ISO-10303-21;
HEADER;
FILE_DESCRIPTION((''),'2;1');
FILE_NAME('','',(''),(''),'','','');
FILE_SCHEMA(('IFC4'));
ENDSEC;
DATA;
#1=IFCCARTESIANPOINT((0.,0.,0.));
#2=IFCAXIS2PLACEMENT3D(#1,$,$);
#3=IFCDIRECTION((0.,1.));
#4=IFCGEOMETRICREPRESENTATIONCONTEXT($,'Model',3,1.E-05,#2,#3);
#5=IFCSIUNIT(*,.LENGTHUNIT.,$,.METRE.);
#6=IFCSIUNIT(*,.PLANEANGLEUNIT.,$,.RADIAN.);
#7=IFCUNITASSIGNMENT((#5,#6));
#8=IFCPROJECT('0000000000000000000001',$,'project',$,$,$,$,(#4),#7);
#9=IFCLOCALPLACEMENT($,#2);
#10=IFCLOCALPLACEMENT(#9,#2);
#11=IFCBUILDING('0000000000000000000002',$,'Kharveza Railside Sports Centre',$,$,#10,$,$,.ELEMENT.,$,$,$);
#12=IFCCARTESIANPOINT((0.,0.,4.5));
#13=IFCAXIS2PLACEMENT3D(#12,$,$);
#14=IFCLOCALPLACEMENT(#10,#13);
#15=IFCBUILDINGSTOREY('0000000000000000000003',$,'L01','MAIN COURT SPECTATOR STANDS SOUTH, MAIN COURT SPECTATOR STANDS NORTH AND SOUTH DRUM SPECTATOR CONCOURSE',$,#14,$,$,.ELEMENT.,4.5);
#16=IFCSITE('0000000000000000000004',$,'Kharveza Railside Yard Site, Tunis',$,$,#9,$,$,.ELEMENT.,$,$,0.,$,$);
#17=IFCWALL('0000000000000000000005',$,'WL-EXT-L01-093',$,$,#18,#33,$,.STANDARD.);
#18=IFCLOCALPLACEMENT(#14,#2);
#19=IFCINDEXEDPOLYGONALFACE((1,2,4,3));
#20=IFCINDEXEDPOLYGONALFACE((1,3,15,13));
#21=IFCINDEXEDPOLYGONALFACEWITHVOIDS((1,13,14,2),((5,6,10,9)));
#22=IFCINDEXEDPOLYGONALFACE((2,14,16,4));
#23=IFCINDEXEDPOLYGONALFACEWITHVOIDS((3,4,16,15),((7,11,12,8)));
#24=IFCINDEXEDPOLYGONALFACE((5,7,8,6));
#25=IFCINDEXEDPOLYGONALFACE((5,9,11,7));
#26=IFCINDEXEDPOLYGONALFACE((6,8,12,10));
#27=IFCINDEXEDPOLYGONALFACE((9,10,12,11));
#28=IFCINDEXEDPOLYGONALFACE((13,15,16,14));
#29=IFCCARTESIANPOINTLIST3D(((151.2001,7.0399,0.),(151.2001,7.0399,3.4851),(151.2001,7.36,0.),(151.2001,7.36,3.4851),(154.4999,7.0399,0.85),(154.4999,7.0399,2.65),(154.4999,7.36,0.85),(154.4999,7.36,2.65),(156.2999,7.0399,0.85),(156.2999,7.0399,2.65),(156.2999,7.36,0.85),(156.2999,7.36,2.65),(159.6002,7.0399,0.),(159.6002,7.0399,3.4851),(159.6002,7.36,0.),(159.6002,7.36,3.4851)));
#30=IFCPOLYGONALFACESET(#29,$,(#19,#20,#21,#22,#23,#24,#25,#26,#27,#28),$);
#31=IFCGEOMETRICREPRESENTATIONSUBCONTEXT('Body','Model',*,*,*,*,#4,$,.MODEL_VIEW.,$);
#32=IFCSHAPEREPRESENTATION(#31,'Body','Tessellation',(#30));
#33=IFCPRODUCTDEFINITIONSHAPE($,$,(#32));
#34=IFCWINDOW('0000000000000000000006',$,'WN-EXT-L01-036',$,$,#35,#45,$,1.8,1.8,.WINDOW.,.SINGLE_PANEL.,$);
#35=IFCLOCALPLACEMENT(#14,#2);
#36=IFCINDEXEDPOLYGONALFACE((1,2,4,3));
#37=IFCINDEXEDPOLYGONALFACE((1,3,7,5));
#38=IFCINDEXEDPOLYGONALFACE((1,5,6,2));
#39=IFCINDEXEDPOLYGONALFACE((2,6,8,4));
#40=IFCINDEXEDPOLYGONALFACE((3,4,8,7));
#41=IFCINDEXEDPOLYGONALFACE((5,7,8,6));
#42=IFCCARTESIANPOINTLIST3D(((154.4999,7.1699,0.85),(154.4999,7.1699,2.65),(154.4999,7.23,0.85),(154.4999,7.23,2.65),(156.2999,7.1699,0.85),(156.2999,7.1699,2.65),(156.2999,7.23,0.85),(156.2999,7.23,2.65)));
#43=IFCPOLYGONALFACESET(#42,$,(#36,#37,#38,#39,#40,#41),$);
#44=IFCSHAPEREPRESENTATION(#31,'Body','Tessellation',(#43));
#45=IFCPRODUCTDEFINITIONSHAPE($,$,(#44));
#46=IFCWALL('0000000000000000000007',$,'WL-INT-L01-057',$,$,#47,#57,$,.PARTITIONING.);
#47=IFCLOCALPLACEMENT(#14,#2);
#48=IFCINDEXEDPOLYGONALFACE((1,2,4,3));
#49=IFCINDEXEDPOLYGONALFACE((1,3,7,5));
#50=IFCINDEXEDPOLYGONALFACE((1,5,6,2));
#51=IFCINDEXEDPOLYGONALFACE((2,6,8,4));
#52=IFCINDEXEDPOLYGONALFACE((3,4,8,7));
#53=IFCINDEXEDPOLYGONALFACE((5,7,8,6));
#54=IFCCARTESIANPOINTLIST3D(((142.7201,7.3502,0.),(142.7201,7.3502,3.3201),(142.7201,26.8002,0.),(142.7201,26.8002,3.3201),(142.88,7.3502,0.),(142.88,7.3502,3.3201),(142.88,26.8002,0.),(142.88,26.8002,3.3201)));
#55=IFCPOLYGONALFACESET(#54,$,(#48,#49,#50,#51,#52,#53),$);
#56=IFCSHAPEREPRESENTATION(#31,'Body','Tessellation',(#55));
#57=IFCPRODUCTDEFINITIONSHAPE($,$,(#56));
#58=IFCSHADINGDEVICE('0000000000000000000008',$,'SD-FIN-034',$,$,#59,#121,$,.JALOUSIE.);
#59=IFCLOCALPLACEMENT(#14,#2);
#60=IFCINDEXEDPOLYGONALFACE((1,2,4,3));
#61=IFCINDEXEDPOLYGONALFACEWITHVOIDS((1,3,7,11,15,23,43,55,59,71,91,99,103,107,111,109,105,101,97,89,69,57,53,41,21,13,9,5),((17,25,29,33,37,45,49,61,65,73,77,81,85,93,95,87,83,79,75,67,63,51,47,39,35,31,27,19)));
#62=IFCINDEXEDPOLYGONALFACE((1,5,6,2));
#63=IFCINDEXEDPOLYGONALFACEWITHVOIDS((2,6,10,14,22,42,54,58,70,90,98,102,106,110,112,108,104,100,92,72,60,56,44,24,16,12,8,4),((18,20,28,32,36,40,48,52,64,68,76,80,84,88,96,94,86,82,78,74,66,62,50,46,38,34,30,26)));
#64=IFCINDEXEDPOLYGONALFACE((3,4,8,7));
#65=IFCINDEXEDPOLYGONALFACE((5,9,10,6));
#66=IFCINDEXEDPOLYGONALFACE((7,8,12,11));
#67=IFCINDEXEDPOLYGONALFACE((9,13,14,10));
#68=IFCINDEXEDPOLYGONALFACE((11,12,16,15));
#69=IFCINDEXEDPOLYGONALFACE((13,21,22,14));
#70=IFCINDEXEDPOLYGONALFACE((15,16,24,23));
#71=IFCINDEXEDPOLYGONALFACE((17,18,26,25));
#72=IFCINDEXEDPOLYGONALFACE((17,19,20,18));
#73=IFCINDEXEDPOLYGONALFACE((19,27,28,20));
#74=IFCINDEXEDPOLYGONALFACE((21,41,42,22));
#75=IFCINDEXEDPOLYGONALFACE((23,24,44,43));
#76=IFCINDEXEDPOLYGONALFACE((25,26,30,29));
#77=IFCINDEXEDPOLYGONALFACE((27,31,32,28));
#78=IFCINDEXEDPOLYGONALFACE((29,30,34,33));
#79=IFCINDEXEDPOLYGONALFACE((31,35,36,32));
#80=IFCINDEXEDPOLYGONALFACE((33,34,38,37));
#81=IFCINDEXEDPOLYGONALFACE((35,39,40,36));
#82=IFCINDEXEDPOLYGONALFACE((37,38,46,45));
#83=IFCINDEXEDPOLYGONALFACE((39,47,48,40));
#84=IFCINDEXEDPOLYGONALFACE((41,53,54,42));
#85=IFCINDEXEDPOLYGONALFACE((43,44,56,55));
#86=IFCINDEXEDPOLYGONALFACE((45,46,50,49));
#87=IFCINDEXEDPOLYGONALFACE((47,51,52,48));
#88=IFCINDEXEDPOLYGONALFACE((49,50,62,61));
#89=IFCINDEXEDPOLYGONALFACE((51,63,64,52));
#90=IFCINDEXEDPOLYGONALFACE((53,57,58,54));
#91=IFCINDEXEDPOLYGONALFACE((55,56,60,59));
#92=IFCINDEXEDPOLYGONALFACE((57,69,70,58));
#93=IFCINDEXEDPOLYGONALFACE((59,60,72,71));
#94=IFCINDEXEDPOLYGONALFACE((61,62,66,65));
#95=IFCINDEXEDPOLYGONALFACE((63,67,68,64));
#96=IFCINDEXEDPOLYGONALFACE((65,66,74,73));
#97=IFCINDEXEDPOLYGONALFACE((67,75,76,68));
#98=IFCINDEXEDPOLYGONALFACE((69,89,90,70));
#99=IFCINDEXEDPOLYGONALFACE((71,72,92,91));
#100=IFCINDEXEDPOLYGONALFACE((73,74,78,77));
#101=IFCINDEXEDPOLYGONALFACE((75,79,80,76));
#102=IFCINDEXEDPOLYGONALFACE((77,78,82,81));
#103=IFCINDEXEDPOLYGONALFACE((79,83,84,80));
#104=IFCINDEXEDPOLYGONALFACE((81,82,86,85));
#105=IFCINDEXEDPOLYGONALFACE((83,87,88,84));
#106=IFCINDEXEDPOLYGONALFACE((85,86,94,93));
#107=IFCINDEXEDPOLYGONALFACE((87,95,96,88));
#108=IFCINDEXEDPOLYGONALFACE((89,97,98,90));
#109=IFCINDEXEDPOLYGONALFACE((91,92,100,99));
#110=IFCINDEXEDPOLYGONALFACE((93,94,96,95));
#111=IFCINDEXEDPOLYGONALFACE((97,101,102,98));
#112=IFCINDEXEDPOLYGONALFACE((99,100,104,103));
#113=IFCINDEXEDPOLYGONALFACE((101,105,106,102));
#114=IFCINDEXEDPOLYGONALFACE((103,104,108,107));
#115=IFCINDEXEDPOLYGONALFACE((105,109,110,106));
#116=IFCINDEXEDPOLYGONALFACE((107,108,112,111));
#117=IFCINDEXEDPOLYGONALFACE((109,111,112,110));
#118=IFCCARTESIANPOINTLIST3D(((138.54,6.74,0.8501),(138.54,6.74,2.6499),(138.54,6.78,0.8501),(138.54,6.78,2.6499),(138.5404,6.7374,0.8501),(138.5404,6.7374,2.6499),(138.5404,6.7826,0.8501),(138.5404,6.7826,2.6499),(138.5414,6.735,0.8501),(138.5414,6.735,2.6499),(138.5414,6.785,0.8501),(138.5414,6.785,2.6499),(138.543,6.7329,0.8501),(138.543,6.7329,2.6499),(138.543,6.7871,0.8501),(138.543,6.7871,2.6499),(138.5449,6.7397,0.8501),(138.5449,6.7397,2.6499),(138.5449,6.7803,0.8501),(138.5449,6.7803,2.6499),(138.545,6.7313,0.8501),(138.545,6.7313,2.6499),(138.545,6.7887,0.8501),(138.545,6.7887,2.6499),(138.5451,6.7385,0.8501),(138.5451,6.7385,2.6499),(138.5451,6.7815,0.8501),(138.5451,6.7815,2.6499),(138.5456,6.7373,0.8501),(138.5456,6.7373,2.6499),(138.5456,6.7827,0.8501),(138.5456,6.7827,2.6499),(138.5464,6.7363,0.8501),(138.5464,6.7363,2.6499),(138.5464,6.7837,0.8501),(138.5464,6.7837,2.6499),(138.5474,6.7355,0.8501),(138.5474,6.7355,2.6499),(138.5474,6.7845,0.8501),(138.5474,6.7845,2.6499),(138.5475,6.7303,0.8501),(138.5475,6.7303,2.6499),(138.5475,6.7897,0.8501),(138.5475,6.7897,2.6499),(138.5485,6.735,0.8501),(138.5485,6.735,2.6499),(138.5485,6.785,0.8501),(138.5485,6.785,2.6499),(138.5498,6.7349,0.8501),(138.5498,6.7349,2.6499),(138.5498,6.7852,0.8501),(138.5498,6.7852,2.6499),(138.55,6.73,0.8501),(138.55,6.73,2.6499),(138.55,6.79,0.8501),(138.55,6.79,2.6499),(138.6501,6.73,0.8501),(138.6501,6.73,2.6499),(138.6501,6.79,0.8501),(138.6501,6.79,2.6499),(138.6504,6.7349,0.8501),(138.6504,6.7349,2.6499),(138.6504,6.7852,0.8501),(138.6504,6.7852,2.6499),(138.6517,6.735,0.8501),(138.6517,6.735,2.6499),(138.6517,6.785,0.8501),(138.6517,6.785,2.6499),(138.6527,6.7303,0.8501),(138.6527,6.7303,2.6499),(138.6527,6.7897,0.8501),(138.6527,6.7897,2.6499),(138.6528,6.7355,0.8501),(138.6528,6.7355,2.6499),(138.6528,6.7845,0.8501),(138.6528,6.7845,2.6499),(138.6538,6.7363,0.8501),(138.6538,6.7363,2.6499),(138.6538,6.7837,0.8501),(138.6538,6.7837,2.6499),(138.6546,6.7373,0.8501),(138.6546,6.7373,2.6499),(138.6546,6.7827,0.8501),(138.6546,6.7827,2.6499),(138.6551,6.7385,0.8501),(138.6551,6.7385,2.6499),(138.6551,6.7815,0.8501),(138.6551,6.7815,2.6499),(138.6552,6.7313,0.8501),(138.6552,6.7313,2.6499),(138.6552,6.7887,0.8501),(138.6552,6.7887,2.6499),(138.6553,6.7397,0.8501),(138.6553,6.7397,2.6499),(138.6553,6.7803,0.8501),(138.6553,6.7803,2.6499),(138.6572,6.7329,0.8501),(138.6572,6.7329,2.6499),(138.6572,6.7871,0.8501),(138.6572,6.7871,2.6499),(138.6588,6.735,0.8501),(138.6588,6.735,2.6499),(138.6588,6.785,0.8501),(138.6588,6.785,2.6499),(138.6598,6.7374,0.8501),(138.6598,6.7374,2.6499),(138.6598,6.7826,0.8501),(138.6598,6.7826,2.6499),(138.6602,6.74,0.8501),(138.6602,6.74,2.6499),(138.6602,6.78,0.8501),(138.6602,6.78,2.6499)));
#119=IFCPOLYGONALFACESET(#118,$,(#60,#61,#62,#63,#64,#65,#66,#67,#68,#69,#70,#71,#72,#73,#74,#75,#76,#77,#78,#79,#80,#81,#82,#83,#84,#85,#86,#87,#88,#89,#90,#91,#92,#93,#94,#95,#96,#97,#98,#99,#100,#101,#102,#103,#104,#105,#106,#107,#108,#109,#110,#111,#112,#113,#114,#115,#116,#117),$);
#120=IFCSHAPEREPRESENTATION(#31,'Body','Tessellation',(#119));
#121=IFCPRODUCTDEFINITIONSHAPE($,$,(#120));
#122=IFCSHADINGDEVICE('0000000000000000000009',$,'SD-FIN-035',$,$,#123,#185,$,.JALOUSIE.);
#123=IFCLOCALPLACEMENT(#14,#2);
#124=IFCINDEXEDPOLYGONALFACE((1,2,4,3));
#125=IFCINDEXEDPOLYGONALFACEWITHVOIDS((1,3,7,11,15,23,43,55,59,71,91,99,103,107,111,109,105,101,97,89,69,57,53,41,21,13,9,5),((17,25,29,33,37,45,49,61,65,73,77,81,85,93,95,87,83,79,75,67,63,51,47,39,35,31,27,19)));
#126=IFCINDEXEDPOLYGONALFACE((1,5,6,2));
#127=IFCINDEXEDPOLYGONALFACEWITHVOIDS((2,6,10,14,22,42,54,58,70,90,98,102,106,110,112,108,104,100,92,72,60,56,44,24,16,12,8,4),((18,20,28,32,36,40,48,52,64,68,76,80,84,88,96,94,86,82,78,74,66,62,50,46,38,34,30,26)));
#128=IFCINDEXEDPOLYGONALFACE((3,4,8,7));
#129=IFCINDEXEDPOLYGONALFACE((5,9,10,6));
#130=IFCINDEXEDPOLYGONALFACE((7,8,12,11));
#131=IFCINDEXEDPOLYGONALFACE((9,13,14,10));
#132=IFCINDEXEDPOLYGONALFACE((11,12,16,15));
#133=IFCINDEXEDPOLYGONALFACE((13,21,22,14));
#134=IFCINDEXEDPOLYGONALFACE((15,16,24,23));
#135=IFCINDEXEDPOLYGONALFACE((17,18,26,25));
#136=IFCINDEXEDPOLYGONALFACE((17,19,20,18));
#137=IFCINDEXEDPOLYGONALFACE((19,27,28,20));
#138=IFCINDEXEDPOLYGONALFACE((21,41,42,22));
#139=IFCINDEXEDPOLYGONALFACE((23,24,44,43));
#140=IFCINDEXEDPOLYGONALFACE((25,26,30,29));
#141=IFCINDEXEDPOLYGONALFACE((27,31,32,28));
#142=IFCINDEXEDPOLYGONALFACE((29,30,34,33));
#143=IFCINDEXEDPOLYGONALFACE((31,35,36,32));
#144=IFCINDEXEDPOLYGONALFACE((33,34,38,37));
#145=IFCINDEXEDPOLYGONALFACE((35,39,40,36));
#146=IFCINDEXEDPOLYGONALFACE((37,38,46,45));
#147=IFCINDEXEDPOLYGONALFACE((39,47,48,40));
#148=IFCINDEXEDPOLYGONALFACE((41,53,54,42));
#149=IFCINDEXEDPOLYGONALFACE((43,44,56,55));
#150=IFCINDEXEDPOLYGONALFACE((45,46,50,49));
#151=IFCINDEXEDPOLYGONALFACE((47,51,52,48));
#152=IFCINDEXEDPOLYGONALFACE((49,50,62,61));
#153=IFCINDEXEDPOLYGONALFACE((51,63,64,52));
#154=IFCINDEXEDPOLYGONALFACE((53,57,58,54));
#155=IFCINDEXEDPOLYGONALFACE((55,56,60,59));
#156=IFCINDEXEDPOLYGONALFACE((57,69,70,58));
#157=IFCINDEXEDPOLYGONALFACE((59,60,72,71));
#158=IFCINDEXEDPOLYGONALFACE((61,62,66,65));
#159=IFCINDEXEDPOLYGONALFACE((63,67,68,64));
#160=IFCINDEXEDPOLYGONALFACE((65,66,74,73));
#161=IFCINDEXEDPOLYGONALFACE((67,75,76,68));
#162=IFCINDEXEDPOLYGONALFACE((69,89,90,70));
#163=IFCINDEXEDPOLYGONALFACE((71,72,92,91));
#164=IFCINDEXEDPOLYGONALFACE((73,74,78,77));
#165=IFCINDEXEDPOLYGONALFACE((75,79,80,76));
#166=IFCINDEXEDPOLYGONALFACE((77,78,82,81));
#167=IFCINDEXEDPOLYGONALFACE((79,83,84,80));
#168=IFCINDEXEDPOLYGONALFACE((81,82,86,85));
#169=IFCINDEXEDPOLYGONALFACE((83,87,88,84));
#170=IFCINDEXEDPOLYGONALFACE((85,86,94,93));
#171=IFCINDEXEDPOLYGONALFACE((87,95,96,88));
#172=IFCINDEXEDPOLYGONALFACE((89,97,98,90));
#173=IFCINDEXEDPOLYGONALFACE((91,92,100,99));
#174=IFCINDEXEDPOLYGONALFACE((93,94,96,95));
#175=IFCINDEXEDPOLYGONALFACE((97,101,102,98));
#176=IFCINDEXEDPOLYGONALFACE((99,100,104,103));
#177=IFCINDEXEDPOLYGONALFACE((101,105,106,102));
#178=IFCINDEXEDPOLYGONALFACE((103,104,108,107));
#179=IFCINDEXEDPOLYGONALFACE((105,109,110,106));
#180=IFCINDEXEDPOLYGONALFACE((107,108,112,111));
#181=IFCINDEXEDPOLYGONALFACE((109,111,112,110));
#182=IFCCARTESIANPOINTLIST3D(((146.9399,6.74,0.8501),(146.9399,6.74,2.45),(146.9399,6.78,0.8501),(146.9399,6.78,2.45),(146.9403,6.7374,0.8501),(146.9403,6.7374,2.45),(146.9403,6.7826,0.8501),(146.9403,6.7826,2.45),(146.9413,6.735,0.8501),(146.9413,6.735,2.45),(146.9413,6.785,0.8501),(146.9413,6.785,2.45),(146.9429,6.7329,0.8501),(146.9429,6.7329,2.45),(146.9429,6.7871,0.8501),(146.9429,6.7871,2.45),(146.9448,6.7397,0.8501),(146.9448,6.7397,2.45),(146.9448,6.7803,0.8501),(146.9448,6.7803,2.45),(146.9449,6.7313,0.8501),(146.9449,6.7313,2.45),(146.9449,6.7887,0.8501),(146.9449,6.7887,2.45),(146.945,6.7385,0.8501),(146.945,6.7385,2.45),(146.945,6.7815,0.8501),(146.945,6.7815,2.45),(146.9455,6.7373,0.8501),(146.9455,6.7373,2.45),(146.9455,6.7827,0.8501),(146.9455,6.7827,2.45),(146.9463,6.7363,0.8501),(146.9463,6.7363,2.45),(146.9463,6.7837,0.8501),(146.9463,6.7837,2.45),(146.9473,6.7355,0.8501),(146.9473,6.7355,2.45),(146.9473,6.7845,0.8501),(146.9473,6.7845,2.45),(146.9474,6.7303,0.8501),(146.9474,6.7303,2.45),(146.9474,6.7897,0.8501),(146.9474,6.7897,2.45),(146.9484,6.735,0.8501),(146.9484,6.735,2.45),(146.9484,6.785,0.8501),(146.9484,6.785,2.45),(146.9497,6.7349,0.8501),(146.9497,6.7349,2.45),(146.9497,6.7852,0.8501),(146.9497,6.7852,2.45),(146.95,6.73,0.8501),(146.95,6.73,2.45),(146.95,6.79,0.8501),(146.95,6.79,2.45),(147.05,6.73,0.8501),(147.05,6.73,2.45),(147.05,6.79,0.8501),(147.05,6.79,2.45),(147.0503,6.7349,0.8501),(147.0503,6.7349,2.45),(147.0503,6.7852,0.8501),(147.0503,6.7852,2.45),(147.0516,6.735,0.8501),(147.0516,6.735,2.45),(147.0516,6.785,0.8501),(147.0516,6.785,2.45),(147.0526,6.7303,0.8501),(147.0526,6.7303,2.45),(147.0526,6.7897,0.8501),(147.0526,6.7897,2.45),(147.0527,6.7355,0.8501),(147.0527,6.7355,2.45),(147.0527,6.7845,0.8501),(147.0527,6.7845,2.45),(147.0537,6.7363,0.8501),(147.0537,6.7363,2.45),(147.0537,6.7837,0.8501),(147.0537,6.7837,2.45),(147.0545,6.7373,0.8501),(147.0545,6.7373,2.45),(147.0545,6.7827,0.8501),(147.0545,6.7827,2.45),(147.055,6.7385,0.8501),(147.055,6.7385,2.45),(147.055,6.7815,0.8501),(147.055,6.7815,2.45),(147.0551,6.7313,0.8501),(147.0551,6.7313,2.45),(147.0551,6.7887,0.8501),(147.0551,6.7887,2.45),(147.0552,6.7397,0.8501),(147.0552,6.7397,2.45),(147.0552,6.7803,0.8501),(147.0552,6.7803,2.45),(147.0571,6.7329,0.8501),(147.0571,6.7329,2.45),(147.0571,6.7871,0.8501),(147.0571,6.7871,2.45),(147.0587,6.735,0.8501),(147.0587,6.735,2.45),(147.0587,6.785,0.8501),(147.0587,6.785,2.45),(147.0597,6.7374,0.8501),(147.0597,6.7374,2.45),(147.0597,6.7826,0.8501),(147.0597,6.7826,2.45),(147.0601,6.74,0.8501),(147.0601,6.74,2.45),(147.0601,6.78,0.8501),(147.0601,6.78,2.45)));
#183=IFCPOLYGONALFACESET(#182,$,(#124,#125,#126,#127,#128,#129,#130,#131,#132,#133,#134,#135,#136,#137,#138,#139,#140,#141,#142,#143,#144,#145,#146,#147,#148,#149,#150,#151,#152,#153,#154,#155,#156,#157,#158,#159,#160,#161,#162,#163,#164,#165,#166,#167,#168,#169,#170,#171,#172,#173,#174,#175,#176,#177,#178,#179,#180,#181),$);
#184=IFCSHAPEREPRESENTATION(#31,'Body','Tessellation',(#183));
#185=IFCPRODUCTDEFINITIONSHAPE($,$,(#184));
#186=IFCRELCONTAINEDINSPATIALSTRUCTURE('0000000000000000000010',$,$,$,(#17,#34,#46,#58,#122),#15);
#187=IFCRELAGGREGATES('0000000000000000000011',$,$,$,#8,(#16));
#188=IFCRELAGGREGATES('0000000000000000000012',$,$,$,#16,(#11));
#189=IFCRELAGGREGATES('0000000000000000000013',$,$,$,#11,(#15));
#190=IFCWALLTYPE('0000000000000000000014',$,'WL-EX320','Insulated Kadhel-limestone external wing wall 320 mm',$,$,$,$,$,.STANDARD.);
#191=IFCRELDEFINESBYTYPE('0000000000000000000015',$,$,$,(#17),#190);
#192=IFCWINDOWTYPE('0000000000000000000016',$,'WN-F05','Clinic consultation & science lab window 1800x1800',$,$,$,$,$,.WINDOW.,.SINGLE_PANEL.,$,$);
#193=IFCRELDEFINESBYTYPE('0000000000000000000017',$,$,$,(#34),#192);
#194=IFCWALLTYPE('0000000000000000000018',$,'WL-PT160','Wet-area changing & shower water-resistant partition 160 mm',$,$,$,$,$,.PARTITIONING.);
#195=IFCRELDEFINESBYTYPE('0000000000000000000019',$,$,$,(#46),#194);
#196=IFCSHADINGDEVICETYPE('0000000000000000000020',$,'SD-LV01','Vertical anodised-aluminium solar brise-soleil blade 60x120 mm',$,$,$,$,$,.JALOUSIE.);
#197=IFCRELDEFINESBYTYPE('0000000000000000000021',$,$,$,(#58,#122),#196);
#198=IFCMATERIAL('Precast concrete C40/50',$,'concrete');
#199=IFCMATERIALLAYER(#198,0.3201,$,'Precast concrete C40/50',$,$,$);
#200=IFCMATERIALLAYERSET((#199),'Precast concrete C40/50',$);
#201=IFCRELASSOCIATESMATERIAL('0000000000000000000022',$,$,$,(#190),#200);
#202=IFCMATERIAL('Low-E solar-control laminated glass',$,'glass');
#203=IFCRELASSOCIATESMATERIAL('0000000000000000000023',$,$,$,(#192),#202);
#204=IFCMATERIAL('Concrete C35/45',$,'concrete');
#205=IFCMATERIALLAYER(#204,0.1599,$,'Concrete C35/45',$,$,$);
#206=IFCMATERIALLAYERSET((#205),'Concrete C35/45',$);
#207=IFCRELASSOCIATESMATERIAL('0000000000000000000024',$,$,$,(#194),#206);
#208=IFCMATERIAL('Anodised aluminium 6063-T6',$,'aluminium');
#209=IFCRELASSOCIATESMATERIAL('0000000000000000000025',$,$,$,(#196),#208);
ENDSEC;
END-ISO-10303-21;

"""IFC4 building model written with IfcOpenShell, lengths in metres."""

from ifc_helpers import new_model, si_unit, direction, frame, frame_2d, origin, origin_2d, place, context, subcontext, project, spatial, rectangle, hollow_rectangle, extrude, material, layer, layer_set, material_profile, profile_set, type_object, element, fill, save


model = new_model("IFC4")

# Units and contexts
model_context = context("Model", 3, precision=1e-05, world=origin(), true_north=direction((0.0, 1.0)))
body_context = subcontext(model_context, "Body", "Model", "MODEL_VIEW")
ifc_project = project(units=[si_unit("LENGTHUNIT", "METRE"), si_unit("PLANEANGLEUNIT", "RADIAN")], contexts=[model_context])

# Site, building, storey
site_placement = place(None, origin())
site = spatial("IfcSite", under=ifc_project, at=site_placement, Name="Kharveza Railside Yard Site, Tunis", CompositionType="ELEMENT", RefElevation=0.0)
building_placement = place(site_placement, origin())
building = spatial("IfcBuilding", under=site, at=building_placement, Name="Kharveza Railside Sports Centre", CompositionType="ELEMENT")
storey_placement = place(building_placement, frame((0.0, 0.0, 4.5)))
storey = spatial("IfcBuildingStorey", under=building, at=storey_placement, Name="L01", Description="MAIN COURT SPECTATOR STANDS SOUTH, MAIN COURT SPECTATOR STANDS NORTH AND SOUTH DRUM SPECTATOR CONCOURSE", CompositionType="ELEMENT", Elevation=4.5)

# Shared definitions
ifc_material_1 = material(Name="Concrete C35/45", Category="concrete")

# Wall, opening, window
ifc_material_2 = material(Name="Precast concrete C40/50", Category="concrete")
ifc_layer_1 = layer(ifc_material_2, 0.3201, Name="Precast concrete C40/50")
ifc_layer_set_1 = layer_set([ifc_layer_1], Name="Precast concrete C40/50")
wall_type_1 = type_object("IfcWallType", Name="WL-EX320", Description="Insulated Kadhel-limestone external wing wall 320 mm", PredefinedType="STANDARD", material=ifc_layer_set_1)
ifc_material_3 = material(Name="Low-E solar-control laminated glass", Category="glass")
wall_1_placement = place(storey_placement, frame((151.2, 7.2, 0.0), z_axis=(0.0, 0.0, 1.0), x_axis=(1.0, 0.0, 0.0)))
wall_1 = element("IfcWall", 1, at=wall_1_placement, inside=storey, type_object=wall_type_1, Name="WL-EXT-L01-093", PredefinedType="STANDARD", context=body_context, shape_type="SweptSolid", body=[
    extrude(rectangle(XDim=8.4001, YDim=0.3201, at=frame_2d((4.2002, 0.0))), origin(), (0.0, 0.0, 1.0), 3.4851),
])
opening_1_placement = place(wall_1_placement, frame((3.3, 0.0, 0.8501)))
opening_1 = element("IfcOpeningElement", 2, at=opening_1_placement, cuts=wall_1, PredefinedType="OPENING", context=body_context, shape_type="SweptSolid", body=[
    extrude(rectangle(XDim=1.8, YDim=1.8, at=frame_2d((0.8999, 0.8999))), frame((0.0, 0.1851, 0.0), z_axis=(0.0, -1.0, 0.0), x_axis=(1.0, 0.0, 0.0)), (0.0, 0.0, 1.0), 0.3699),
])
window_type_1 = type_object("IfcWindowType", Name="WN-F05", Description="Clinic consultation & science lab window 1800x1800", PartitioningType="SINGLE_PANEL", PredefinedType="WINDOW", material=ifc_material_3)
window_1_placement = place(opening_1_placement, origin())
window_1 = element("IfcWindow", 3, at=window_1_placement, inside=storey, type_object=window_type_1, Name="WN-EXT-L01-036", OverallHeight=1.8, OverallWidth=1.8, PartitioningType="SINGLE_PANEL", PredefinedType="WINDOW", context=body_context, shape_type="SweptSolid", body=[
    extrude(rectangle(XDim=1.8, YDim=1.8, at=frame_2d((0.8999, 0.8999))), frame((0.0, 0.03, 0.0), z_axis=(0.0, -1.0, 0.0), x_axis=(1.0, 0.0, 0.0)), (0.0, 0.0, 1.0), 0.0601),
])
fill(opening_1, window_1)

# Wall
ifc_layer_2 = layer(ifc_material_1, 0.1599, Name="Concrete C35/45")
ifc_layer_set_2 = layer_set([ifc_layer_2], Name="Concrete C35/45")
wall_type_2 = type_object("IfcWallType", Name="WL-PT160", Description="Wet-area changing & shower water-resistant partition 160 mm", PredefinedType="PARTITIONING", material=ifc_layer_set_2)
wall_2_placement = place(storey_placement, frame((142.8, 7.3501, 0.0), z_axis=(0.0, 0.0, 1.0), x_axis=(0.0, 1.0, 0.0)))
element("IfcWall", 4, at=wall_2_placement, inside=storey, type_object=wall_type_2, Name="WL-INT-L01-057", PredefinedType="PARTITIONING", context=body_context, shape_type="SweptSolid", body=[
    extrude(rectangle(XDim=19.45, YDim=0.1599, at=frame_2d((9.7251, 0.0))), origin(), (0.0, 0.0, 1.0), 3.3201),
])

# Shading devices
ifc_material_4 = material(Name="Anodised aluminium 6063-T6", Category="aluminium")
ifc_material_profile_1 = material_profile(ifc_material_4, hollow_rectangle(XDim=0.0601, YDim=0.1201, WallThickness=0.0049, InnerFilletRadius=0.0049, OuterFilletRadius=0.01, at=origin_2d()), Name="RHS 60x120x5.0")
ifc_profile_set_1 = profile_set([ifc_material_profile_1], Name="Anodised aluminium 6063-T6")
shading_device_type = type_object("IfcShadingDeviceType", Name="SD-LV01", Description="Vertical anodised-aluminium solar brise-soleil blade 60x120 mm", PredefinedType="JALOUSIE", material=ifc_profile_set_1)
shading_device_1_placement = place(storey_placement, frame((138.6001, 6.76, 0.8501), z_axis=(0.0, 0.0, 1.0), x_axis=(0.0, -1.0, 0.0)))
element("IfcShadingDevice", 5, at=shading_device_1_placement, inside=storey, type_object=shading_device_type, Name="SD-FIN-034", PredefinedType="JALOUSIE", context=body_context, shape_type="SweptSolid", body=[
    extrude(hollow_rectangle(XDim=0.0601, YDim=0.1201, WallThickness=0.0049, InnerFilletRadius=0.0049, OuterFilletRadius=0.01, at=origin_2d()), origin(), (0.0, 0.0, 1.0), 1.7998),
])
shading_device_2_placement = place(storey_placement, frame((147.0, 6.76, 0.8501), z_axis=(0.0, 0.0, 1.0), x_axis=(0.0, -1.0, 0.0)))
element("IfcShadingDevice", 6, at=shading_device_2_placement, inside=storey, type_object=shading_device_type, Name="SD-FIN-035", PredefinedType="JALOUSIE", context=body_context, shape_type="SweptSolid", body=[
    extrude(hollow_rectangle(XDim=0.0601, YDim=0.1201, WallThickness=0.0049, InnerFilletRadius=0.0049, OuterFilletRadius=0.01, at=origin_2d()), origin(), (0.0, 0.0, 1.0), 1.5999),
])

save(model, "model.ifc")
